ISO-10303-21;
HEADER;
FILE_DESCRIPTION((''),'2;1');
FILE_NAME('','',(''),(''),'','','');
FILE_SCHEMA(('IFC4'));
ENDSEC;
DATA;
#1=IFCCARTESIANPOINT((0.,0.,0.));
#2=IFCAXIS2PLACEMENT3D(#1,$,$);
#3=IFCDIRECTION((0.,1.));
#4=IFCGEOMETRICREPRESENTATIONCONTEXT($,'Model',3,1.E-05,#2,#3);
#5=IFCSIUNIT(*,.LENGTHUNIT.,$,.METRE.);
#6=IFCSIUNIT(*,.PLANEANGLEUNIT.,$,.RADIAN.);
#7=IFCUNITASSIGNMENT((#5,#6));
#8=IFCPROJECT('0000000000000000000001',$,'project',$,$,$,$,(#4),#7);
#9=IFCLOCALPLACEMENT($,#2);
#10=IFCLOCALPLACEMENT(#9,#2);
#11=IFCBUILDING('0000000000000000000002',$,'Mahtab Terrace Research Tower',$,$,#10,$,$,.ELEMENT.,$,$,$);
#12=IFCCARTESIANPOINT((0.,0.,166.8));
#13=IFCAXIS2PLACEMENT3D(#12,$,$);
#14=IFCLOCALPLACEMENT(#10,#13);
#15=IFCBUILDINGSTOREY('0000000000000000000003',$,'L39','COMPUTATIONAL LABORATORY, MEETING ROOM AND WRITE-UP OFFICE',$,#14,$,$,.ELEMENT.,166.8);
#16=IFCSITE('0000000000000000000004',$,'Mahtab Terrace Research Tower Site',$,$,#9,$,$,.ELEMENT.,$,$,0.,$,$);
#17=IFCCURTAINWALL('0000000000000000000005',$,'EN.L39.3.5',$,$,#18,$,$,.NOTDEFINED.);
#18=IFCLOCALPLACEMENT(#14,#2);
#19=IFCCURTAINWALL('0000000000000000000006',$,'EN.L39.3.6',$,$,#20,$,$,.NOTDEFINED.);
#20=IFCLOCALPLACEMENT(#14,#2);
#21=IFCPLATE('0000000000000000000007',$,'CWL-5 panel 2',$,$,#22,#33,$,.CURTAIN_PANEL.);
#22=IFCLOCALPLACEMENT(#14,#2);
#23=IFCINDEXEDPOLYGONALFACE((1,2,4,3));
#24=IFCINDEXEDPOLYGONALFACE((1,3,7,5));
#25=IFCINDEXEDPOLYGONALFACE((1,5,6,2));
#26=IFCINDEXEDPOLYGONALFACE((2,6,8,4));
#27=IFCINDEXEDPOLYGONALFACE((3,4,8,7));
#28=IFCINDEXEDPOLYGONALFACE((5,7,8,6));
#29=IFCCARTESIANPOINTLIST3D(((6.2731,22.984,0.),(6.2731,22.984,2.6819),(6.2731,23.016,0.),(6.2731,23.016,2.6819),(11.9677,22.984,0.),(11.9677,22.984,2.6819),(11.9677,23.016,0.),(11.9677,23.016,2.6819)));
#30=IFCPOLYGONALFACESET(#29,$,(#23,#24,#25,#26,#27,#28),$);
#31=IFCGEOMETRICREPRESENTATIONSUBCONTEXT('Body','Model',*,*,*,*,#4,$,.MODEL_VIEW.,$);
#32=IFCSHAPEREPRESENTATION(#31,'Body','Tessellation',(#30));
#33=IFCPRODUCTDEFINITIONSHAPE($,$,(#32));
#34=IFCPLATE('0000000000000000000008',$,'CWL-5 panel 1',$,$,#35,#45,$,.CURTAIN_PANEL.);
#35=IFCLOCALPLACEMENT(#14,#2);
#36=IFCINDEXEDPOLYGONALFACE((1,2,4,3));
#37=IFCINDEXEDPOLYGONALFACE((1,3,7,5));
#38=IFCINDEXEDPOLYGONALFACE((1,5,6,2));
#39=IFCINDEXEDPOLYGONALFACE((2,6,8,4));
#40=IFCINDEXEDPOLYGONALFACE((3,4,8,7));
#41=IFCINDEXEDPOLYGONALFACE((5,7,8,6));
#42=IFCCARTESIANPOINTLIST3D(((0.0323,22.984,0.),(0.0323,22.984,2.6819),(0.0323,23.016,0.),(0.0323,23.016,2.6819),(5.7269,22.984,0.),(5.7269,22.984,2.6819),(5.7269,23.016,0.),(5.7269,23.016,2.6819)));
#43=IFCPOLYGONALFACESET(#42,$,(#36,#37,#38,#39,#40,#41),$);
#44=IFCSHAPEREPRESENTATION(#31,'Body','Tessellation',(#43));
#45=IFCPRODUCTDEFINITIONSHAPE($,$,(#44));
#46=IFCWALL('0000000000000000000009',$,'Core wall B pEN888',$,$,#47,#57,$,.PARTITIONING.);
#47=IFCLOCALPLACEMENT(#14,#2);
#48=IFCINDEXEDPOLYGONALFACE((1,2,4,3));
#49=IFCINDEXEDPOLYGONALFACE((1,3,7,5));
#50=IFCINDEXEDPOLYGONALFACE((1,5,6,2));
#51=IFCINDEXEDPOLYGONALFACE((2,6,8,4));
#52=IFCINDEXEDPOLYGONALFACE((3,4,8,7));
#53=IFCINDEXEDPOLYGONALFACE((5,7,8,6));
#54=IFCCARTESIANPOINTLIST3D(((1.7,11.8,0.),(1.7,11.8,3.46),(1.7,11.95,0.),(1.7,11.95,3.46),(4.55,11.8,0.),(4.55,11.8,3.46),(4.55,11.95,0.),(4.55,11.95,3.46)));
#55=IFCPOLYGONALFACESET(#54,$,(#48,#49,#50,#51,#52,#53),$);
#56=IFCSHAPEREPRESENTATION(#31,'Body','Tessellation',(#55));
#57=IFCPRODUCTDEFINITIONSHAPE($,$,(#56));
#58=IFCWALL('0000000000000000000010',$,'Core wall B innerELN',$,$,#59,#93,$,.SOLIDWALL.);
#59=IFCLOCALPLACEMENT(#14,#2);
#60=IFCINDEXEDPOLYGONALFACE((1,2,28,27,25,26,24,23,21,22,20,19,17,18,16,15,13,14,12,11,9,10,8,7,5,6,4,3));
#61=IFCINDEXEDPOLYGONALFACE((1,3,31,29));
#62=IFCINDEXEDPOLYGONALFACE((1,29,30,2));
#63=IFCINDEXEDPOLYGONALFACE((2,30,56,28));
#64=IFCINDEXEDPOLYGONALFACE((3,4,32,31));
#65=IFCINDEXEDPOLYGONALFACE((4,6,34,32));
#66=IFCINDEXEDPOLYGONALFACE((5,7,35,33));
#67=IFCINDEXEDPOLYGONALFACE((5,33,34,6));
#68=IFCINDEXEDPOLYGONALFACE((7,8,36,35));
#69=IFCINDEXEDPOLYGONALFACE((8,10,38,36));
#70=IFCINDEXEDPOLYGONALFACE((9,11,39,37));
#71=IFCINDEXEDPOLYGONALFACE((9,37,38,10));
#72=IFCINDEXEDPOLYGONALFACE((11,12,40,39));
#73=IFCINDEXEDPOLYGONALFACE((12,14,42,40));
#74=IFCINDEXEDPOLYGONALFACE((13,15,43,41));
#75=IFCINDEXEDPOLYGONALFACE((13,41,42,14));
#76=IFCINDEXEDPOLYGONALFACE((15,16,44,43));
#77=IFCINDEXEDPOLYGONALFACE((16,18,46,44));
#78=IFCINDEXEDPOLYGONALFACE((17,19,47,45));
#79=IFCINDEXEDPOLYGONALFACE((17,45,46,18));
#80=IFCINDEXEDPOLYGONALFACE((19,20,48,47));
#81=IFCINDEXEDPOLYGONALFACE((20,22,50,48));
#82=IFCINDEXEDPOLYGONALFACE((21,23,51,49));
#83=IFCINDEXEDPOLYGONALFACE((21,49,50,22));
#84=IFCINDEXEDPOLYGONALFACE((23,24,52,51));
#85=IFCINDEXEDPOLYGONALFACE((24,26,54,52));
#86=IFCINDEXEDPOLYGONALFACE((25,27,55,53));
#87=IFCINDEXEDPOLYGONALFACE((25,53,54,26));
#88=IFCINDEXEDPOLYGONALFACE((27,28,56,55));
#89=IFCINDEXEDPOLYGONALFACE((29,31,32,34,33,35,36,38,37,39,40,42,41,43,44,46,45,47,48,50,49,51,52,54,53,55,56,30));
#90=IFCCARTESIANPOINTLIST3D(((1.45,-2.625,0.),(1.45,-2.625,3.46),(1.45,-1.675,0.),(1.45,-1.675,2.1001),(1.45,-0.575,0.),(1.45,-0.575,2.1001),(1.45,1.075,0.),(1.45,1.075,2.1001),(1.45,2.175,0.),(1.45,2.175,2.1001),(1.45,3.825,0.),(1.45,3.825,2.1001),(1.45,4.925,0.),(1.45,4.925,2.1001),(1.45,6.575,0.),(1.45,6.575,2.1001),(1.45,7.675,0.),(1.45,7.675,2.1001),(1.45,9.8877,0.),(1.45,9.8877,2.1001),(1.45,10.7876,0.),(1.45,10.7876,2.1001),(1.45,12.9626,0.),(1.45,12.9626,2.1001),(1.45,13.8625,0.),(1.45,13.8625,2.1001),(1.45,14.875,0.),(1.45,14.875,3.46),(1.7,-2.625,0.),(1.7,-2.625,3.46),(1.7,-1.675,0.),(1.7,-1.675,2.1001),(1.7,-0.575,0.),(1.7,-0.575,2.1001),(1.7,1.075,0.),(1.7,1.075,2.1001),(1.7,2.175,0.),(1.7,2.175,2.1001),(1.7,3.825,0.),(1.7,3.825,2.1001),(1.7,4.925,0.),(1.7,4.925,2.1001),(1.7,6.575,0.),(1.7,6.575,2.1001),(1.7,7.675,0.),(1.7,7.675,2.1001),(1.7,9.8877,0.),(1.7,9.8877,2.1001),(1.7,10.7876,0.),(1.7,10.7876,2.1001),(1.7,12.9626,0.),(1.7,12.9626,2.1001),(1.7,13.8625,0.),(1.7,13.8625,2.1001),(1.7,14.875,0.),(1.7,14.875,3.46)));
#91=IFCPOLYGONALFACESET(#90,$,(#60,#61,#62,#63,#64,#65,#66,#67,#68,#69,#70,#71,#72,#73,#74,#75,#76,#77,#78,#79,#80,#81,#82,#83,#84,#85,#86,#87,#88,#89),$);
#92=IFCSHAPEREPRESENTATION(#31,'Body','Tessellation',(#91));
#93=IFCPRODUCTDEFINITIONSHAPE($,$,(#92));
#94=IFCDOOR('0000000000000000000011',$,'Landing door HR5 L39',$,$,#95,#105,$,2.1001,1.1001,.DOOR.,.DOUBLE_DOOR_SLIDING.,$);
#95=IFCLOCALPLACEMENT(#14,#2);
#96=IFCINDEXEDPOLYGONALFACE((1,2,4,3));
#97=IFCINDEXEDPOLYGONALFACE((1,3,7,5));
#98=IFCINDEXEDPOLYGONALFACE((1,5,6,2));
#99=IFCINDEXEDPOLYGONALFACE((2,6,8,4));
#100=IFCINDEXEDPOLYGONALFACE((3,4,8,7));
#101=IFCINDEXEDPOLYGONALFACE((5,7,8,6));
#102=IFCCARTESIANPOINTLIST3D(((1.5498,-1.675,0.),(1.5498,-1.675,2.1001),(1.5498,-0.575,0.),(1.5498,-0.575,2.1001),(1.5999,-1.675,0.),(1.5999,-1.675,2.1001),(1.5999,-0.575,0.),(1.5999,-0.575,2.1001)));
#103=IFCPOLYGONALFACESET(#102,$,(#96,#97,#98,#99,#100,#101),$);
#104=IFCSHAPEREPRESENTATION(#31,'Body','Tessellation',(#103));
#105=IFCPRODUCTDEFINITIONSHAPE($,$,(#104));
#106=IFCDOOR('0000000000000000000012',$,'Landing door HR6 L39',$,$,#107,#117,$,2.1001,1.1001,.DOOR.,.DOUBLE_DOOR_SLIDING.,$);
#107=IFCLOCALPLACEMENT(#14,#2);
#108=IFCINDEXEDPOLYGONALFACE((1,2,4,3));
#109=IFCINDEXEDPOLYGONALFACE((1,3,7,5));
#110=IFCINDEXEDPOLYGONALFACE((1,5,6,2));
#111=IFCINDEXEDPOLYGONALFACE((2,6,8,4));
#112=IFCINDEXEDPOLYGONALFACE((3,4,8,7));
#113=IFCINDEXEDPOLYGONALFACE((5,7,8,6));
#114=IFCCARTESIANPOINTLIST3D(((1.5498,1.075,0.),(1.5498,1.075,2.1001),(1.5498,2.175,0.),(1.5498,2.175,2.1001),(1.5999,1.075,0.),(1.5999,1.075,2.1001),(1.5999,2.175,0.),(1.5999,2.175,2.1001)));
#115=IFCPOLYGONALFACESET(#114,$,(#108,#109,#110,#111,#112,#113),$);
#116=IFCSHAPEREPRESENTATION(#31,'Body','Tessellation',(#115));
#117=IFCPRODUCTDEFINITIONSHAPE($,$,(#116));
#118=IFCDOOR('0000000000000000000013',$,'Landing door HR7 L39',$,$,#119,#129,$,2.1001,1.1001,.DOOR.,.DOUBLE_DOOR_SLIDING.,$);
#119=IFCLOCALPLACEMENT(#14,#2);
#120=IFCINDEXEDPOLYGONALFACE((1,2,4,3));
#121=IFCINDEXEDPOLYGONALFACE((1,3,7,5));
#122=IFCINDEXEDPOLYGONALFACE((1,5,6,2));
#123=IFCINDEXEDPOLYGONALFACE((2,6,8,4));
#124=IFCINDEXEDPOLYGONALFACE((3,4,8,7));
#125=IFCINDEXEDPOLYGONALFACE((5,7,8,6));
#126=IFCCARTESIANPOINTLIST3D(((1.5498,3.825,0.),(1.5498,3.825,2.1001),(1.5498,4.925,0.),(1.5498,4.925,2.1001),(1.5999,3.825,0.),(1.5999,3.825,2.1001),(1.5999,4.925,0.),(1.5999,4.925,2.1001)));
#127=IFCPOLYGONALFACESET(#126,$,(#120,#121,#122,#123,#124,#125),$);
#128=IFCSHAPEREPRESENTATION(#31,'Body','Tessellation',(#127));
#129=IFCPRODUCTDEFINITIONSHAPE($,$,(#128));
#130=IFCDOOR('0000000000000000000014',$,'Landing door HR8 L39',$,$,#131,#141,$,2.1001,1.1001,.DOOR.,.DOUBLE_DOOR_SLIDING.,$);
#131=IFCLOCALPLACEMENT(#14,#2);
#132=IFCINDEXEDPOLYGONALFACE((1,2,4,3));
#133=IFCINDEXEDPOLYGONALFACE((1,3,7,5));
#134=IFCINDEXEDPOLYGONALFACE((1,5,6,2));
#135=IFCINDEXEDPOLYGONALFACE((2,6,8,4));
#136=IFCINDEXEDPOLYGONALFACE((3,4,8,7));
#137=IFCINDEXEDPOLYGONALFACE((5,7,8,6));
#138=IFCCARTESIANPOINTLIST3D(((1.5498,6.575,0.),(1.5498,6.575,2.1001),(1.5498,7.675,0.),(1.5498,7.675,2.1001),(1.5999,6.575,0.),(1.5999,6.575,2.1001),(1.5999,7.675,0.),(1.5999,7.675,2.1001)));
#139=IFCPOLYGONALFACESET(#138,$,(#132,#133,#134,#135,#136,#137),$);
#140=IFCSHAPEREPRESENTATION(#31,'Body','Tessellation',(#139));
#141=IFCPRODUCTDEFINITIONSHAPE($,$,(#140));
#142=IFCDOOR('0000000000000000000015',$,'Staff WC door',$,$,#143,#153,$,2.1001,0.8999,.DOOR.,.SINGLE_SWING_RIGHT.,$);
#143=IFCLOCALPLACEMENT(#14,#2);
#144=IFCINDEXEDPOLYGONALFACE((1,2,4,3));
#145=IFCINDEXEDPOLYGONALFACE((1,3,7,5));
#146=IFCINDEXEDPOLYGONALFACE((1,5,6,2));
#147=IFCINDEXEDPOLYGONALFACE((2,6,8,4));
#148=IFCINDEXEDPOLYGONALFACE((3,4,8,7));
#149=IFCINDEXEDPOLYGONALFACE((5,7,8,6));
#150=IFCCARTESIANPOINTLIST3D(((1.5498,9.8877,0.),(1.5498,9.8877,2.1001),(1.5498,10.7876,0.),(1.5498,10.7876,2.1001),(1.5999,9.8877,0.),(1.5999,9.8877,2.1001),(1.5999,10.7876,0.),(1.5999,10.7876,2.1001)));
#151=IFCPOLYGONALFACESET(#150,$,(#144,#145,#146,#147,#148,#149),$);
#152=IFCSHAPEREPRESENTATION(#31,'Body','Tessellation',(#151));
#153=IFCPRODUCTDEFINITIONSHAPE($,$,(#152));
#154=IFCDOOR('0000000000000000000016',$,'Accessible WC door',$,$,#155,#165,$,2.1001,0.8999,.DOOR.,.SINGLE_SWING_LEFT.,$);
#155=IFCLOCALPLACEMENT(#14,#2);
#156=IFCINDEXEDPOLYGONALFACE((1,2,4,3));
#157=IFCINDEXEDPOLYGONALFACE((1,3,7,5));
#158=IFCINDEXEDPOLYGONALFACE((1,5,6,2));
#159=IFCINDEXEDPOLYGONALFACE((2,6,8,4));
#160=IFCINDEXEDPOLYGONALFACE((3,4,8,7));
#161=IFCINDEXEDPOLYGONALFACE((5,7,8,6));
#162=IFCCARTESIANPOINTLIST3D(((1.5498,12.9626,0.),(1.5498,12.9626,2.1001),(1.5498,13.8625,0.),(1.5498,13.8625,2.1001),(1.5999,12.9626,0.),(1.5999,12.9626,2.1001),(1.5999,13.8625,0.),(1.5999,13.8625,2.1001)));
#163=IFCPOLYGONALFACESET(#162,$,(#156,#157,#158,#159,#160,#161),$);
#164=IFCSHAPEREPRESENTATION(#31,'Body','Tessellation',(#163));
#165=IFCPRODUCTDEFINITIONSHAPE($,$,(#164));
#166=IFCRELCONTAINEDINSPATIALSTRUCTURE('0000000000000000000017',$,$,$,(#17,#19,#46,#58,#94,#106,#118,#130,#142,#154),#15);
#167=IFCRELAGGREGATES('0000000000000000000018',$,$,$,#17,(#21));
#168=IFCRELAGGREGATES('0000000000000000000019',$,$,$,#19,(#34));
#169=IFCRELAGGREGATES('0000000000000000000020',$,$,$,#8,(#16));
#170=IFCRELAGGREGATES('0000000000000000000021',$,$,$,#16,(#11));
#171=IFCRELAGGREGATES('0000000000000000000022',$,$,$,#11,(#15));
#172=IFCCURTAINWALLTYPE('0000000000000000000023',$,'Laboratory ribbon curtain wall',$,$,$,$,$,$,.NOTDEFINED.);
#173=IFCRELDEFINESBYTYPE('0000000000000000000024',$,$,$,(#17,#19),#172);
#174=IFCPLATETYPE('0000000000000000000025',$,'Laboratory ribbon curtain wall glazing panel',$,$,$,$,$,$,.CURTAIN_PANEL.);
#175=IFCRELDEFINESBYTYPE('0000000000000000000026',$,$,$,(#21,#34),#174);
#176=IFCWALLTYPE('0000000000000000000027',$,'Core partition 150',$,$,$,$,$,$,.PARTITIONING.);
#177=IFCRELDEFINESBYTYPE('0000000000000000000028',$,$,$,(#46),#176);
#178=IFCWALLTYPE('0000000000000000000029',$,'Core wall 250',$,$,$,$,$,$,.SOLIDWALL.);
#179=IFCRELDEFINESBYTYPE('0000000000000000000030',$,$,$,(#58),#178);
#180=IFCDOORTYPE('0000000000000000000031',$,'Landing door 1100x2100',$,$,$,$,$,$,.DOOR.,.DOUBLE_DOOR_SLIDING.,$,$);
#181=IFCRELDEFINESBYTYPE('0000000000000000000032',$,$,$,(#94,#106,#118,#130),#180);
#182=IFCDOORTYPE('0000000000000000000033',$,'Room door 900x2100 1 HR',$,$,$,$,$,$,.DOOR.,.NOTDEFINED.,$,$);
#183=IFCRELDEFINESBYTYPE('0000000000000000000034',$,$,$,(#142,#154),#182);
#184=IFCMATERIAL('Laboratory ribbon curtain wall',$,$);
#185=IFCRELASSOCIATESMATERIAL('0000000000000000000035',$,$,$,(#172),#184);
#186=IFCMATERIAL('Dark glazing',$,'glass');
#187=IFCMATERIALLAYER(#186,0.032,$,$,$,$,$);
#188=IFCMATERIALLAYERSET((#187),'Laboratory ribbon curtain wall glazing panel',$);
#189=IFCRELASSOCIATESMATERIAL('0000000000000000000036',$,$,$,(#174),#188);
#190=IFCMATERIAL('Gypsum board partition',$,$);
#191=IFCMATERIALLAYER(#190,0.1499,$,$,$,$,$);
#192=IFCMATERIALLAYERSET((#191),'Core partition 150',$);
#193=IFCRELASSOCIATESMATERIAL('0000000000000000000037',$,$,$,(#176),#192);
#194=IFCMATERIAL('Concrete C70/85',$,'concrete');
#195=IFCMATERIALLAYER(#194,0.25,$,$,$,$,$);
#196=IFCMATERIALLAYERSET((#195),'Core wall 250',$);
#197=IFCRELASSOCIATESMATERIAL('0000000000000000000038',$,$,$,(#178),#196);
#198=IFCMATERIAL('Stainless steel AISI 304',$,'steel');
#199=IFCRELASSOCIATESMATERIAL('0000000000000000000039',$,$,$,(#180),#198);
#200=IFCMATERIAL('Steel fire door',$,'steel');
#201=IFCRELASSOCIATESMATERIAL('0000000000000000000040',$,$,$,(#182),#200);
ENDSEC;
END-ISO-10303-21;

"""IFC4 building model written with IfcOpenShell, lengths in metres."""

from ifc_helpers import new_model, si_unit, direction, frame, frame_2d, origin, origin_2d, place, context, subcontext, project, spatial, rectangle, extrude, material, layer, layer_set, type_object, element, fill, aggregate, save


model = new_model("IFC4")

# Units and contexts
model_context = context("Model", 3, precision=1e-05, world=origin(), true_north=direction((0.0, 1.0)))
body_context = subcontext(model_context, "Body", "Model", "MODEL_VIEW")
ifc_project = project(units=[si_unit("LENGTHUNIT", "METRE"), si_unit("PLANEANGLEUNIT", "RADIAN")], contexts=[model_context])

# Site, building, storey
site_placement = place(None, origin())
site = spatial("IfcSite", under=ifc_project, at=site_placement, Name="Mahtab Terrace Research Tower Site", CompositionType="ELEMENT", RefElevation=0.0)
building_placement = place(site_placement, origin())
building = spatial("IfcBuilding", under=site, at=building_placement, Name="Mahtab Terrace Research Tower", CompositionType="ELEMENT")
storey_placement = place(building_placement, frame((0.0, 0.0, 166.8)))
storey = spatial("IfcBuildingStorey", under=building, at=storey_placement, Name="L39", Description="COMPUTATIONAL LABORATORY, MEETING ROOM AND WRITE-UP OFFICE", CompositionType="ELEMENT", Elevation=166.8)

# Shared definitions
ifc_material_1 = material(Name="Concrete C70/85", Category="concrete")

# Curtain wall
ifc_material_2 = material(Name="Laboratory ribbon curtain wall")
curtain_wall_type = type_object("IfcCurtainWallType", Name="Laboratory ribbon curtain wall", PredefinedType="NOTDEFINED", material=ifc_material_2)
curtain_wall_1_placement = place(storey_placement, origin())
curtain_wall_1 = element("IfcCurtainWall", 1, at=curtain_wall_1_placement, inside=storey, type_object=curtain_wall_type, Name="EN.L39.3.5", PredefinedType="NOTDEFINED")

# Curtain wall
curtain_wall_2_placement = place(storey_placement, origin())
curtain_wall_2 = element("IfcCurtainWall", 2, at=curtain_wall_2_placement, inside=storey, type_object=curtain_wall_type, Name="EN.L39.3.6", PredefinedType="NOTDEFINED")

# Plates
ifc_material_3 = material(Name="Dark glazing", Category="glass")
ifc_layer_1 = layer(ifc_material_3, 0.032)
ifc_layer_set_1 = layer_set([ifc_layer_1], Name="Laboratory ribbon curtain wall glazing panel")
plate_type = type_object("IfcPlateType", Name="Laboratory ribbon curtain wall glazing panel", PredefinedType="CURTAIN_PANEL", material=ifc_layer_set_1)
plate_1_placement = place(storey_placement, frame((9.1204, 23.0, 0.0), z_axis=(0.0, 0.0, 1.0), x_axis=(-1.0, 0.0, 0.0)))
plate_1 = element("IfcPlate", 3, at=plate_1_placement, type_object=plate_type, Name="CWL-5 panel 2", PredefinedType="CURTAIN_PANEL", context=body_context, shape_type="SweptSolid", body=[
    extrude(rectangle(XDim=5.6946, YDim=0.032, at=origin_2d()), origin(), (0.0, 0.0, 1.0), 2.6819),
])
aggregate(curtain_wall_1, [plate_1])
plate_2_placement = place(storey_placement, frame((2.8796, 23.0, 0.0), z_axis=(0.0, 0.0, 1.0), x_axis=(-1.0, 0.0, 0.0)))
plate_2 = element("IfcPlate", 4, at=plate_2_placement, type_object=plate_type, Name="CWL-5 panel 1", PredefinedType="CURTAIN_PANEL", context=body_context, shape_type="SweptSolid", body=[
    extrude(rectangle(XDim=5.6946, YDim=0.032, at=origin_2d()), origin(), (0.0, 0.0, 1.0), 2.6819),
])
aggregate(curtain_wall_2, [plate_2])

# Wall
ifc_material_4 = material(Name="Gypsum board partition")
ifc_layer_2 = layer(ifc_material_4, 0.1499)
ifc_layer_set_2 = layer_set([ifc_layer_2], Name="Core partition 150")
wall_type_1 = type_object("IfcWallType", Name="Core partition 150", PredefinedType="PARTITIONING", material=ifc_layer_set_2)
wall_1_placement = place(storey_placement, frame((1.7, 11.875, 0.0), z_axis=(0.0, 0.0, 1.0), x_axis=(1.0, 0.0, 0.0)))
element("IfcWall", 5, at=wall_1_placement, inside=storey, type_object=wall_type_1, Name="Core wall B pEN888", PredefinedType="PARTITIONING", context=body_context, shape_type="SweptSolid", body=[
    extrude(rectangle(XDim=2.8501, YDim=0.1499, at=frame_2d((1.425, 0.0))), origin(), (0.0, 0.0, 1.0), 3.46),
])

# Wall, openings, doors
ifc_layer_3 = layer(ifc_material_1, 0.25)
ifc_layer_set_3 = layer_set([ifc_layer_3], Name="Core wall 250")
wall_type_2 = type_object("IfcWallType", Name="Core wall 250", PredefinedType="SOLIDWALL", material=ifc_layer_set_3)
wall_2_placement = place(storey_placement, frame((1.575, 14.875, 0.0), z_axis=(0.0, 0.0, 1.0), x_axis=(0.0, -1.0, 0.0)))
wall_2 = element("IfcWall", 6, at=wall_2_placement, inside=storey, type_object=wall_type_2, Name="Core wall B innerELN", PredefinedType="SOLIDWALL", context=body_context, shape_type="SweptSolid", body=[
    extrude(rectangle(XDim=17.5, YDim=0.25, at=frame_2d((8.75, 0.0))), origin(), (0.0, 0.0, 1.0), 3.46),
])
opening_1_placement = place(wall_2_placement, frame((15.45, 0.0, 0.0)))
opening_1 = element("IfcOpeningElement", 7, at=opening_1_placement, cuts=wall_2, PredefinedType="OPENING", context=body_context, shape_type="SweptSolid", body=[
    extrude(rectangle(XDim=1.1001, YDim=2.1001, at=frame_2d((0.55, 1.05))), frame((0.0, 0.135, 0.0), z_axis=(0.0, -1.0, 0.0), x_axis=(1.0, 0.0, 0.0)), (0.0, 0.0, 1.0), 0.27),
])
opening_2_placement = place(wall_2_placement, frame((12.7, 0.0, 0.0)))
opening_2 = element("IfcOpeningElement", 8, at=opening_2_placement, cuts=wall_2, PredefinedType="OPENING", context=body_context, shape_type="SweptSolid", body=[
    extrude(rectangle(XDim=1.1001, YDim=2.1001, at=frame_2d((0.55, 1.05))), frame((0.0, 0.135, 0.0), z_axis=(0.0, -1.0, 0.0), x_axis=(1.0, 0.0, 0.0)), (0.0, 0.0, 1.0), 0.27),
])
opening_3_placement = place(wall_2_placement, frame((9.95, 0.0, 0.0)))
opening_3 = element("IfcOpeningElement", 9, at=opening_3_placement, cuts=wall_2, PredefinedType="OPENING", context=body_context, shape_type="SweptSolid", body=[
    extrude(rectangle(XDim=1.1001, YDim=2.1001, at=frame_2d((0.55, 1.05))), frame((0.0, 0.135, 0.0), z_axis=(0.0, -1.0, 0.0), x_axis=(1.0, 0.0, 0.0)), (0.0, 0.0, 1.0), 0.27),
])
opening_4_placement = place(wall_2_placement, frame((7.2, 0.0, 0.0)))
opening_4 = element("IfcOpeningElement", 10, at=opening_4_placement, cuts=wall_2, PredefinedType="OPENING", context=body_context, shape_type="SweptSolid", body=[
    extrude(rectangle(XDim=1.1001, YDim=2.1001, at=frame_2d((0.55, 1.05))), frame((0.0, 0.135, 0.0), z_axis=(0.0, -1.0, 0.0), x_axis=(1.0, 0.0, 0.0)), (0.0, 0.0, 1.0), 0.27),
])
opening_5_placement = place(wall_2_placement, frame((4.0874, 0.0, 0.0)))
opening_5 = element("IfcOpeningElement", 11, at=opening_5_placement, cuts=wall_2, PredefinedType="OPENING", context=body_context, shape_type="SweptSolid", body=[
    extrude(rectangle(XDim=0.8999, YDim=2.1001, at=frame_2d((0.45, 1.05))), frame((0.0, 0.135, 0.0), z_axis=(0.0, -1.0, 0.0), x_axis=(1.0, 0.0, 0.0)), (0.0, 0.0, 1.0), 0.27),
])
opening_6_placement = place(wall_2_placement, frame((1.0125, 0.0, 0.0)))
opening_6 = element("IfcOpeningElement", 12, at=opening_6_placement, cuts=wall_2, PredefinedType="OPENING", context=body_context, shape_type="SweptSolid", body=[
    extrude(rectangle(XDim=0.8999, YDim=2.1001, at=frame_2d((0.45, 1.05))), frame((0.0, 0.135, 0.0), z_axis=(0.0, -1.0, 0.0), x_axis=(1.0, 0.0, 0.0)), (0.0, 0.0, 1.0), 0.27),
])
ifc_material_5 = material(Name="Stainless steel AISI 304", Category="steel")
door_type_1 = type_object("IfcDoorType", Name="Landing door 1100x2100", OperationType="DOUBLE_DOOR_SLIDING", PredefinedType="DOOR", material=ifc_material_5)
door_1_placement = place(opening_1_placement, origin())
door_1 = element("IfcDoor", 13, at=door_1_placement, inside=storey, type_object=door_type_1, Name="Landing door HR5 L39", OperationType="DOUBLE_DOOR_SLIDING", OverallHeight=2.1001, OverallWidth=1.1001, PredefinedType="DOOR", context=body_context, shape_type="SweptSolid", body=[
    extrude(rectangle(XDim=1.1001, YDim=2.1001, at=frame_2d((0.55, 1.05))), frame((0.0, 0.0249, 0.0), z_axis=(0.0, -1.0, 0.0), x_axis=(1.0, 0.0, 0.0)), (0.0, 0.0, 1.0), 0.05),
])
fill(opening_1, door_1)
door_2_placement = place(opening_2_placement, origin())
door_2 = element("IfcDoor", 14, at=door_2_placement, inside=storey, type_object=door_type_1, Name="Landing door HR6 L39", OperationType="DOUBLE_DOOR_SLIDING", OverallHeight=2.1001, OverallWidth=1.1001, PredefinedType="DOOR", context=body_context, shape_type="SweptSolid", body=[
    extrude(rectangle(XDim=1.1001, YDim=2.1001, at=frame_2d((0.55, 1.05))), frame((0.0, 0.0249, 0.0), z_axis=(0.0, -1.0, 0.0), x_axis=(1.0, 0.0, 0.0)), (0.0, 0.0, 1.0), 0.05),
])
fill(opening_2, door_2)
door_3_placement = place(opening_3_placement, origin())
door_3 = element("IfcDoor", 15, at=door_3_placement, inside=storey, type_object=door_type_1, Name="Landing door HR7 L39", OperationType="DOUBLE_DOOR_SLIDING", OverallHeight=2.1001, OverallWidth=1.1001, PredefinedType="DOOR", context=body_context, shape_type="SweptSolid", body=[
    extrude(rectangle(XDim=1.1001, YDim=2.1001, at=frame_2d((0.55, 1.05))), frame((0.0, 0.0249, 0.0), z_axis=(0.0, -1.0, 0.0), x_axis=(1.0, 0.0, 0.0)), (0.0, 0.0, 1.0), 0.05),
])
fill(opening_3, door_3)
door_4_placement = place(opening_4_placement, origin())
door_4 = element("IfcDoor", 16, at=door_4_placement, inside=storey, type_object=door_type_1, Name="Landing door HR8 L39", OperationType="DOUBLE_DOOR_SLIDING", OverallHeight=2.1001, OverallWidth=1.1001, PredefinedType="DOOR", context=body_context, shape_type="SweptSolid", body=[
    extrude(rectangle(XDim=1.1001, YDim=2.1001, at=frame_2d((0.55, 1.05))), frame((0.0, 0.0249, 0.0), z_axis=(0.0, -1.0, 0.0), x_axis=(1.0, 0.0, 0.0)), (0.0, 0.0, 1.0), 0.05),
])
fill(opening_4, door_4)
ifc_material_6 = material(Name="Steel fire door", Category="steel")
door_type_2 = type_object("IfcDoorType", Name="Room door 900x2100 1 HR", OperationType="NOTDEFINED", PredefinedType="DOOR", material=ifc_material_6)
door_5_placement = place(opening_5_placement, origin())
door_5 = element("IfcDoor", 17, at=door_5_placement, inside=storey, type_object=door_type_2, Name="Staff WC door", OperationType="SINGLE_SWING_RIGHT", OverallHeight=2.1001, OverallWidth=0.8999, PredefinedType="DOOR", context=body_context, shape_type="SweptSolid", body=[
    extrude(rectangle(XDim=0.8999, YDim=2.1001, at=frame_2d((0.45, 1.05))), frame((0.0, 0.0249, 0.0), z_axis=(0.0, -1.0, 0.0), x_axis=(1.0, 0.0, 0.0)), (0.0, 0.0, 1.0), 0.05),
])
fill(opening_5, door_5)
door_6_placement = place(opening_6_placement, origin())
door_6 = element("IfcDoor", 18, at=door_6_placement, inside=storey, type_object=door_type_2, Name="Accessible WC door", OperationType="SINGLE_SWING_LEFT", OverallHeight=2.1001, OverallWidth=0.8999, PredefinedType="DOOR", context=body_context, shape_type="SweptSolid", body=[
    extrude(rectangle(XDim=0.8999, YDim=2.1001, at=frame_2d((0.45, 1.05))), frame((0.0, 0.0249, 0.0), z_axis=(0.0, -1.0, 0.0), x_axis=(1.0, 0.0, 0.0)), (0.0, 0.0, 1.0), 0.05),
])
fill(opening_6, door_6)

save(model, "model.ifc")
